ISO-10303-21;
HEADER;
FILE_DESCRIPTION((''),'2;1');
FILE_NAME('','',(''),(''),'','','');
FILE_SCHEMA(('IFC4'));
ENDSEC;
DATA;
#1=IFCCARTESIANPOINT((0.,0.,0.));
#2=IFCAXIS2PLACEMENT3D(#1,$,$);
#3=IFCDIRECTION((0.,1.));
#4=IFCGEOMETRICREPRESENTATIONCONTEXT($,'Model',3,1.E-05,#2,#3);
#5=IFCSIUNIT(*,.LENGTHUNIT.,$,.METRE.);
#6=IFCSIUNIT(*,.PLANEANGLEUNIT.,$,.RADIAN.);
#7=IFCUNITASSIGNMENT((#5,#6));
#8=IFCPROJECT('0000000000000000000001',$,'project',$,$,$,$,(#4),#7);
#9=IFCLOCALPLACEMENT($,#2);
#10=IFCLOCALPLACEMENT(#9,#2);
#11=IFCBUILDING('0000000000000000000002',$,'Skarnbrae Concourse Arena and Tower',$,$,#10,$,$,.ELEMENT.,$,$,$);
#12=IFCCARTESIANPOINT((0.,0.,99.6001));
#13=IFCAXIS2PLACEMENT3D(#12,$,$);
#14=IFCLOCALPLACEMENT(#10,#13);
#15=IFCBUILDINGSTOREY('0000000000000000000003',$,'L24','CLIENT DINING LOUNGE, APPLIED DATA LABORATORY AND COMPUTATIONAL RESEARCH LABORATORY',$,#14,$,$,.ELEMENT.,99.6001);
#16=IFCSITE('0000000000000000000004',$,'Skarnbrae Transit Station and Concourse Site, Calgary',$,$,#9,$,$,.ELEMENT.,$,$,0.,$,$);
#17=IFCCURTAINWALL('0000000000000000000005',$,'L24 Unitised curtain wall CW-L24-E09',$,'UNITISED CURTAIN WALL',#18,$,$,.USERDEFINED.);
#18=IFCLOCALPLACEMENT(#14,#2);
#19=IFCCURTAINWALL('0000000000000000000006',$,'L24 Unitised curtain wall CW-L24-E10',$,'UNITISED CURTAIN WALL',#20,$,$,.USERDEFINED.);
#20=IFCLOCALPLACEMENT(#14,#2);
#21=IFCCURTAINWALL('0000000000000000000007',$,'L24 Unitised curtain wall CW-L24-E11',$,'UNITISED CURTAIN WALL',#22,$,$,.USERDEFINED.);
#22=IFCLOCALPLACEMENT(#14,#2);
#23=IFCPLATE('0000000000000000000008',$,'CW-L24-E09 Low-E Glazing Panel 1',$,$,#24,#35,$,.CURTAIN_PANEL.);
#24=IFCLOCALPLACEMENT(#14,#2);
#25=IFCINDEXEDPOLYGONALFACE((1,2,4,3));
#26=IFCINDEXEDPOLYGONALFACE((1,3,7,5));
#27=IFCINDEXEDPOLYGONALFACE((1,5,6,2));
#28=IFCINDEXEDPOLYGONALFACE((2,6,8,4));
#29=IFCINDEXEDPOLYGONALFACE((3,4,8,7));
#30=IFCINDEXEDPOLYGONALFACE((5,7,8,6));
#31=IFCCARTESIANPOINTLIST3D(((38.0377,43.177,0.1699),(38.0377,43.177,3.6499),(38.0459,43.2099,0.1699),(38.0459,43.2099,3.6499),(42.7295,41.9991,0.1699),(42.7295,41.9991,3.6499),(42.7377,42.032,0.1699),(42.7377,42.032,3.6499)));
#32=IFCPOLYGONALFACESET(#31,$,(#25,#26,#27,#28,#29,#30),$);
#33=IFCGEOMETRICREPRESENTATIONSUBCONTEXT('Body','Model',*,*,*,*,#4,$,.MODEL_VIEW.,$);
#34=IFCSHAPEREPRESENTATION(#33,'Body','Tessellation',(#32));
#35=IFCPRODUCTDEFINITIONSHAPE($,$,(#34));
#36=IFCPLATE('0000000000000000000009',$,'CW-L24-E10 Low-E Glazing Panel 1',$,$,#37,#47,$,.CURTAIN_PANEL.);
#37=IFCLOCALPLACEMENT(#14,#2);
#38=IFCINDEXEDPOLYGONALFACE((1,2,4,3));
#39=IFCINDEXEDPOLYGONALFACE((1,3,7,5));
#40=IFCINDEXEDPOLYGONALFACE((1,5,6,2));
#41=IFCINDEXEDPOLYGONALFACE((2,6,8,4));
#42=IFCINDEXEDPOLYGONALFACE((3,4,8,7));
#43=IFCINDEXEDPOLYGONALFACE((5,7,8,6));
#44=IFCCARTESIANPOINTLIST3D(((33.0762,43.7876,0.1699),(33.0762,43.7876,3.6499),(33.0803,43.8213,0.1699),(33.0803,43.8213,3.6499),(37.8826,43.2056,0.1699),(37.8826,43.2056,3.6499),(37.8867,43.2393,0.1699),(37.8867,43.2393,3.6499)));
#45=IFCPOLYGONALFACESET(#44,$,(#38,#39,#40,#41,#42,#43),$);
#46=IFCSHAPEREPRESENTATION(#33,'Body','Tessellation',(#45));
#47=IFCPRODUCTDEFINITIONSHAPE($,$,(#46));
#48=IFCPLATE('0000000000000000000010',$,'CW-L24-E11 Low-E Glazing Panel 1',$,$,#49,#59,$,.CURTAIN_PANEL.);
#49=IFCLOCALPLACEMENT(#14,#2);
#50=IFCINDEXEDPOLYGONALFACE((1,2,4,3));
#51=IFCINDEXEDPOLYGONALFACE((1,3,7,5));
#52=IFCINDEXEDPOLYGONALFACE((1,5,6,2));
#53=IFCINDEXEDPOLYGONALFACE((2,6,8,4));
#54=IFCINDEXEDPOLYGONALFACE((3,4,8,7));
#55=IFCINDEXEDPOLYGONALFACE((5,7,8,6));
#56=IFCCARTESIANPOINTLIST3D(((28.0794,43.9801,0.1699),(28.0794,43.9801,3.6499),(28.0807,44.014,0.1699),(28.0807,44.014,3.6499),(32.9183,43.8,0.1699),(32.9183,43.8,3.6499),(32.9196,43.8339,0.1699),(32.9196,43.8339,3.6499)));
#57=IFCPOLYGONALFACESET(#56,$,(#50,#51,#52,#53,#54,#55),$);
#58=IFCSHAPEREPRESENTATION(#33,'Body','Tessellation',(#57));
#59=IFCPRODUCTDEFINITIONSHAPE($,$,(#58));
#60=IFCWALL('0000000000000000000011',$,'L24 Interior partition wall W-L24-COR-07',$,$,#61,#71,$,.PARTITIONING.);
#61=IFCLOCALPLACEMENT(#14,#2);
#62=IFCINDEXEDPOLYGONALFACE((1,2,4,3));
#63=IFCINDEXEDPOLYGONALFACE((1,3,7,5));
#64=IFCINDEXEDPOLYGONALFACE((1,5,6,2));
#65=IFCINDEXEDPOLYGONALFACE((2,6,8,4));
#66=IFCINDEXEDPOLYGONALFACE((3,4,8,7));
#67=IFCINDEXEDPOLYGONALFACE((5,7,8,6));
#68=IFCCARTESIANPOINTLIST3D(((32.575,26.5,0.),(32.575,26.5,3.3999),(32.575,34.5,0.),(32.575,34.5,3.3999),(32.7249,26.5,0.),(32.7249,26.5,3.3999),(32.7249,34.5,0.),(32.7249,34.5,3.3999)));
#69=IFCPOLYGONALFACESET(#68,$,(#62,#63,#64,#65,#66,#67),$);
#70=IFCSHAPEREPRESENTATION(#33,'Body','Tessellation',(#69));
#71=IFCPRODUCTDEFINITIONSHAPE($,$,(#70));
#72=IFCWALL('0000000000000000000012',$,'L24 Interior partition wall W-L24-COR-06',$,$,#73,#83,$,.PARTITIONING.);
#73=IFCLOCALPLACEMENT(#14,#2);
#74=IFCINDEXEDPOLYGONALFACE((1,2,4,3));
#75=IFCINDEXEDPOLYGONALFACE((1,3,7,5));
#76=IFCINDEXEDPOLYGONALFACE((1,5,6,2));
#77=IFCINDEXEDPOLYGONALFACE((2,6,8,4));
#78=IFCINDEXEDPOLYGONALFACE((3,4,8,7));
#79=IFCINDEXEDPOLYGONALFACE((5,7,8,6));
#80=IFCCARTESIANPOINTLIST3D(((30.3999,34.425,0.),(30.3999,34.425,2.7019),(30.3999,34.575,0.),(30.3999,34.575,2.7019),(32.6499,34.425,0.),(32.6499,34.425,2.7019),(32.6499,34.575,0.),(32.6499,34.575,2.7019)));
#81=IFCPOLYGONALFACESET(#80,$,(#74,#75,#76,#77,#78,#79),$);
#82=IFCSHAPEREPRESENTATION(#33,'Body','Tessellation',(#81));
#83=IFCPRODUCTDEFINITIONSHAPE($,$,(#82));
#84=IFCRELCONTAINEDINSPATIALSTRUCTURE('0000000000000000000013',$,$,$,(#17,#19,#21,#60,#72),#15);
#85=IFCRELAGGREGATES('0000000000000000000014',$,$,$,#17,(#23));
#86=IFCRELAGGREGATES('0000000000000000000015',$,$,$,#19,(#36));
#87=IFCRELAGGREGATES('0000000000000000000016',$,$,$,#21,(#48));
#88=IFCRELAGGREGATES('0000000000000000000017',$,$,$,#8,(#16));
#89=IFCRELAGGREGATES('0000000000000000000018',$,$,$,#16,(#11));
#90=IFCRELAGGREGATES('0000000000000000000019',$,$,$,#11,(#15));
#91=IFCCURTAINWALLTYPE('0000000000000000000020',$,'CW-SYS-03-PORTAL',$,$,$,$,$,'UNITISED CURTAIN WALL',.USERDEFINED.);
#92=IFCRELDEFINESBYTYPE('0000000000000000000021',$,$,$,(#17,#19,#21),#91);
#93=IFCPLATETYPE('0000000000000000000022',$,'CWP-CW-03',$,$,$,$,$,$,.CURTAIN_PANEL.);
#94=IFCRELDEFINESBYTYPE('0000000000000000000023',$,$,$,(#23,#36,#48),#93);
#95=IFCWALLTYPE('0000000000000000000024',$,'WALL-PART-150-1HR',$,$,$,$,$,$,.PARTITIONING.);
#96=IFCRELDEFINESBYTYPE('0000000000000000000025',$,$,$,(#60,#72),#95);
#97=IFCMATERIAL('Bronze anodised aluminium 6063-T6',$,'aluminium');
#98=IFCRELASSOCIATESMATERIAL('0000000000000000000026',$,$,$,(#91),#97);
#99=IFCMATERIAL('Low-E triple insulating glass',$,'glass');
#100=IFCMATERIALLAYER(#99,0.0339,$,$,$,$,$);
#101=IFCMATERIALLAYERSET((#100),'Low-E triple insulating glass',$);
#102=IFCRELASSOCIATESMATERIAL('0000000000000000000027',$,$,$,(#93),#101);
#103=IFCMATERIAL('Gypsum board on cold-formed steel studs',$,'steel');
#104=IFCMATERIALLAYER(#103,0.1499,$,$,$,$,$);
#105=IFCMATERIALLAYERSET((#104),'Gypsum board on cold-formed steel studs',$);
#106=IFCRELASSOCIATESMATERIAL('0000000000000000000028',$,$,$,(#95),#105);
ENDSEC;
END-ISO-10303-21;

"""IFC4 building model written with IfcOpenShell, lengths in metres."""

from ifc_helpers import new_model, si_unit, direction, frame, frame_2d, origin, origin_2d, place, context, subcontext, project, spatial, rectangle, extrude, source, transform, mapped, material, layer, layer_set, type_object, element, aggregate, save


model = new_model("IFC4")

# Units and contexts
model_context = context("Model", 3, precision=1e-05, world=origin(), true_north=direction((0.0, 1.0)))
body_context = subcontext(model_context, "Body", "Model", "MODEL_VIEW")
ifc_project = project(units=[si_unit("LENGTHUNIT", "METRE"), si_unit("PLANEANGLEUNIT", "RADIAN")], contexts=[model_context])

# Site, building, storey
site_placement = place(None, origin())
site = spatial("IfcSite", under=ifc_project, at=site_placement, Name="Skarnbrae Transit Station and Concourse Site, Calgary", CompositionType="ELEMENT", RefElevation=0.0)
building_placement = place(site_placement, origin())
building = spatial("IfcBuilding", under=site, at=building_placement, Name="Skarnbrae Concourse Arena and Tower", CompositionType="ELEMENT")
storey_placement = place(building_placement, frame((0.0, 0.0, 99.6001)))
storey = spatial("IfcBuildingStorey", under=building, at=storey_placement, Name="L24", Description="CLIENT DINING LOUNGE, APPLIED DATA LABORATORY AND COMPUTATIONAL RESEARCH LABORATORY", CompositionType="ELEMENT", Elevation=99.6001)

# Curtain wall
ifc_material_1 = material(Name="Bronze anodised aluminium 6063-T6", Category="aluminium")
curtain_wall_type = type_object("IfcCurtainWallType", Name="CW-SYS-03-PORTAL", ElementType="UNITISED CURTAIN WALL", PredefinedType="USERDEFINED", material=ifc_material_1)
curtain_wall_1_placement = place(storey_placement, origin())
curtain_wall_1 = element("IfcCurtainWall", 1, at=curtain_wall_1_placement, inside=storey, type_object=curtain_wall_type, Name="L24 Unitised curtain wall CW-L24-E09", ObjectType="UNITISED CURTAIN WALL", PredefinedType="USERDEFINED")

# Curtain walls
curtain_wall_2_placement = place(storey_placement, origin())
curtain_wall_2 = element("IfcCurtainWall", 2, at=curtain_wall_2_placement, inside=storey, type_object=curtain_wall_type, Name="L24 Unitised curtain wall CW-L24-E10", ObjectType="UNITISED CURTAIN WALL", PredefinedType="USERDEFINED")
curtain_wall_3_placement = place(storey_placement, origin())
curtain_wall_3 = element("IfcCurtainWall", 3, at=curtain_wall_3_placement, inside=storey, type_object=curtain_wall_type, Name="L24 Unitised curtain wall CW-L24-E11", ObjectType="UNITISED CURTAIN WALL", PredefinedType="USERDEFINED")

# Plates
ifc_material_2 = material(Name="Low-E triple insulating glass", Category="glass")
ifc_layer_1 = layer(ifc_material_2, 0.0339)
ifc_layer_set_1 = layer_set([ifc_layer_1], Name="Low-E triple insulating glass")
plate_type = type_object("IfcPlateType", Name="CWP-CW-03", PredefinedType="CURTAIN_PANEL", material=ifc_layer_set_1)
shared_shape_1 = source(origin(), body_context, "Body", "SweptSolid", [
    extrude(rectangle(XDim=4.8374, YDim=0.0339, at=origin_2d()), origin(), (0.0, 0.0, 1.0), 3.48),
])
plate_1_placement = place(storey_placement, frame((40.3877, 42.6045, 0.1699), z_axis=(0.0, 0.0, 1.0), x_axis=(-0.969903, 0.243491, 0.0)))
plate_1 = element("IfcPlate", 4, at=plate_1_placement, type_object=plate_type, Name="CW-L24-E09 Low-E Glazing Panel 1", PredefinedType="CURTAIN_PANEL", context=body_context, shape_type="MappedRepresentation", body=[
    mapped(shared_shape_1, transform((0.0, 0.0, 0.0))),
])
aggregate(curtain_wall_1, [plate_1])
shared_shape_2 = source(origin(), body_context, "Body", "SweptSolid", [
    extrude(rectangle(XDim=4.8416, YDim=0.0339, at=origin_2d()), origin(), (0.0, 0.0, 1.0), 3.48),
])
plate_2_placement = place(storey_placement, frame((35.4814, 43.5134, 0.1699), z_axis=(0.0, 0.0, 1.0), x_axis=(-0.992749, 0.120203, 0.0)))
plate_2 = element("IfcPlate", 5, at=plate_2_placement, type_object=plate_type, Name="CW-L24-E10 Low-E Glazing Panel 1", PredefinedType="CURTAIN_PANEL", context=body_context, shape_type="MappedRepresentation", body=[
    mapped(shared_shape_2, transform((0.0, 0.0, 0.0))),
])
aggregate(curtain_wall_2, [plate_2])
shared_shape_3 = source(origin(), body_context, "Body", "SweptSolid", [
    extrude(rectangle(XDim=4.8423, YDim=0.0339, at=origin_2d()), origin(), (0.0, 0.0, 1.0), 3.48),
])
plate_3_placement = place(storey_placement, frame((30.4995, 43.907, 0.1699), z_axis=(0.0, 0.0, 1.0), x_axis=(-0.999308, 0.037183, 0.0)))
plate_3 = element("IfcPlate", 6, at=plate_3_placement, type_object=plate_type, Name="CW-L24-E11 Low-E Glazing Panel 1", PredefinedType="CURTAIN_PANEL", context=body_context, shape_type="MappedRepresentation", body=[
    mapped(shared_shape_3, transform((0.0, 0.0, 0.0))),
])
aggregate(curtain_wall_3, [plate_3])

# Walls
ifc_material_3 = material(Name="Gypsum board on cold-formed steel studs", Category="steel")
ifc_layer_2 = layer(ifc_material_3, 0.1499)
ifc_layer_set_2 = layer_set([ifc_layer_2], Name="Gypsum board on cold-formed steel studs")
wall_type = type_object("IfcWallType", Name="WALL-PART-150-1HR", PredefinedType="PARTITIONING", material=ifc_layer_set_2)
shared_shape_4 = source(origin(), body_context, "Body", "SweptSolid", [
    extrude(rectangle(XDim=8.0, YDim=0.1499, at=frame_2d((4.0, 0.0))), origin(), (0.0, 0.0, 1.0), 3.3999),
])
wall_1_placement = place(storey_placement, frame((32.6499, 34.5, 0.0), z_axis=(0.0, 0.0, 1.0), x_axis=(0.0, -1.0, 0.0)))
element("IfcWall", 7, at=wall_1_placement, inside=storey, type_object=wall_type, Name="L24 Interior partition wall W-L24-COR-07", PredefinedType="PARTITIONING", context=body_context, shape_type="MappedRepresentation", body=[
    mapped(shared_shape_4, transform((0.0, 0.0, 0.0))),
])
shared_shape_5 = source(origin(), body_context, "Body", "SweptSolid", [
    extrude(rectangle(XDim=2.25, YDim=0.1499, at=frame_2d((1.125, 0.0))), origin(), (0.0, 0.0, 1.0), 2.7019),
])
wall_2_placement = place(storey_placement, frame((30.3999, 34.5, 0.0), z_axis=(0.0, 0.0, 1.0), x_axis=(1.0, 0.0, 0.0)))
element("IfcWall", 8, at=wall_2_placement, inside=storey, type_object=wall_type, Name="L24 Interior partition wall W-L24-COR-06", PredefinedType="PARTITIONING", context=body_context, shape_type="MappedRepresentation", body=[
    mapped(shared_shape_5, transform((0.0, 0.0, 0.0))),
])

save(model, "model.ifc")
